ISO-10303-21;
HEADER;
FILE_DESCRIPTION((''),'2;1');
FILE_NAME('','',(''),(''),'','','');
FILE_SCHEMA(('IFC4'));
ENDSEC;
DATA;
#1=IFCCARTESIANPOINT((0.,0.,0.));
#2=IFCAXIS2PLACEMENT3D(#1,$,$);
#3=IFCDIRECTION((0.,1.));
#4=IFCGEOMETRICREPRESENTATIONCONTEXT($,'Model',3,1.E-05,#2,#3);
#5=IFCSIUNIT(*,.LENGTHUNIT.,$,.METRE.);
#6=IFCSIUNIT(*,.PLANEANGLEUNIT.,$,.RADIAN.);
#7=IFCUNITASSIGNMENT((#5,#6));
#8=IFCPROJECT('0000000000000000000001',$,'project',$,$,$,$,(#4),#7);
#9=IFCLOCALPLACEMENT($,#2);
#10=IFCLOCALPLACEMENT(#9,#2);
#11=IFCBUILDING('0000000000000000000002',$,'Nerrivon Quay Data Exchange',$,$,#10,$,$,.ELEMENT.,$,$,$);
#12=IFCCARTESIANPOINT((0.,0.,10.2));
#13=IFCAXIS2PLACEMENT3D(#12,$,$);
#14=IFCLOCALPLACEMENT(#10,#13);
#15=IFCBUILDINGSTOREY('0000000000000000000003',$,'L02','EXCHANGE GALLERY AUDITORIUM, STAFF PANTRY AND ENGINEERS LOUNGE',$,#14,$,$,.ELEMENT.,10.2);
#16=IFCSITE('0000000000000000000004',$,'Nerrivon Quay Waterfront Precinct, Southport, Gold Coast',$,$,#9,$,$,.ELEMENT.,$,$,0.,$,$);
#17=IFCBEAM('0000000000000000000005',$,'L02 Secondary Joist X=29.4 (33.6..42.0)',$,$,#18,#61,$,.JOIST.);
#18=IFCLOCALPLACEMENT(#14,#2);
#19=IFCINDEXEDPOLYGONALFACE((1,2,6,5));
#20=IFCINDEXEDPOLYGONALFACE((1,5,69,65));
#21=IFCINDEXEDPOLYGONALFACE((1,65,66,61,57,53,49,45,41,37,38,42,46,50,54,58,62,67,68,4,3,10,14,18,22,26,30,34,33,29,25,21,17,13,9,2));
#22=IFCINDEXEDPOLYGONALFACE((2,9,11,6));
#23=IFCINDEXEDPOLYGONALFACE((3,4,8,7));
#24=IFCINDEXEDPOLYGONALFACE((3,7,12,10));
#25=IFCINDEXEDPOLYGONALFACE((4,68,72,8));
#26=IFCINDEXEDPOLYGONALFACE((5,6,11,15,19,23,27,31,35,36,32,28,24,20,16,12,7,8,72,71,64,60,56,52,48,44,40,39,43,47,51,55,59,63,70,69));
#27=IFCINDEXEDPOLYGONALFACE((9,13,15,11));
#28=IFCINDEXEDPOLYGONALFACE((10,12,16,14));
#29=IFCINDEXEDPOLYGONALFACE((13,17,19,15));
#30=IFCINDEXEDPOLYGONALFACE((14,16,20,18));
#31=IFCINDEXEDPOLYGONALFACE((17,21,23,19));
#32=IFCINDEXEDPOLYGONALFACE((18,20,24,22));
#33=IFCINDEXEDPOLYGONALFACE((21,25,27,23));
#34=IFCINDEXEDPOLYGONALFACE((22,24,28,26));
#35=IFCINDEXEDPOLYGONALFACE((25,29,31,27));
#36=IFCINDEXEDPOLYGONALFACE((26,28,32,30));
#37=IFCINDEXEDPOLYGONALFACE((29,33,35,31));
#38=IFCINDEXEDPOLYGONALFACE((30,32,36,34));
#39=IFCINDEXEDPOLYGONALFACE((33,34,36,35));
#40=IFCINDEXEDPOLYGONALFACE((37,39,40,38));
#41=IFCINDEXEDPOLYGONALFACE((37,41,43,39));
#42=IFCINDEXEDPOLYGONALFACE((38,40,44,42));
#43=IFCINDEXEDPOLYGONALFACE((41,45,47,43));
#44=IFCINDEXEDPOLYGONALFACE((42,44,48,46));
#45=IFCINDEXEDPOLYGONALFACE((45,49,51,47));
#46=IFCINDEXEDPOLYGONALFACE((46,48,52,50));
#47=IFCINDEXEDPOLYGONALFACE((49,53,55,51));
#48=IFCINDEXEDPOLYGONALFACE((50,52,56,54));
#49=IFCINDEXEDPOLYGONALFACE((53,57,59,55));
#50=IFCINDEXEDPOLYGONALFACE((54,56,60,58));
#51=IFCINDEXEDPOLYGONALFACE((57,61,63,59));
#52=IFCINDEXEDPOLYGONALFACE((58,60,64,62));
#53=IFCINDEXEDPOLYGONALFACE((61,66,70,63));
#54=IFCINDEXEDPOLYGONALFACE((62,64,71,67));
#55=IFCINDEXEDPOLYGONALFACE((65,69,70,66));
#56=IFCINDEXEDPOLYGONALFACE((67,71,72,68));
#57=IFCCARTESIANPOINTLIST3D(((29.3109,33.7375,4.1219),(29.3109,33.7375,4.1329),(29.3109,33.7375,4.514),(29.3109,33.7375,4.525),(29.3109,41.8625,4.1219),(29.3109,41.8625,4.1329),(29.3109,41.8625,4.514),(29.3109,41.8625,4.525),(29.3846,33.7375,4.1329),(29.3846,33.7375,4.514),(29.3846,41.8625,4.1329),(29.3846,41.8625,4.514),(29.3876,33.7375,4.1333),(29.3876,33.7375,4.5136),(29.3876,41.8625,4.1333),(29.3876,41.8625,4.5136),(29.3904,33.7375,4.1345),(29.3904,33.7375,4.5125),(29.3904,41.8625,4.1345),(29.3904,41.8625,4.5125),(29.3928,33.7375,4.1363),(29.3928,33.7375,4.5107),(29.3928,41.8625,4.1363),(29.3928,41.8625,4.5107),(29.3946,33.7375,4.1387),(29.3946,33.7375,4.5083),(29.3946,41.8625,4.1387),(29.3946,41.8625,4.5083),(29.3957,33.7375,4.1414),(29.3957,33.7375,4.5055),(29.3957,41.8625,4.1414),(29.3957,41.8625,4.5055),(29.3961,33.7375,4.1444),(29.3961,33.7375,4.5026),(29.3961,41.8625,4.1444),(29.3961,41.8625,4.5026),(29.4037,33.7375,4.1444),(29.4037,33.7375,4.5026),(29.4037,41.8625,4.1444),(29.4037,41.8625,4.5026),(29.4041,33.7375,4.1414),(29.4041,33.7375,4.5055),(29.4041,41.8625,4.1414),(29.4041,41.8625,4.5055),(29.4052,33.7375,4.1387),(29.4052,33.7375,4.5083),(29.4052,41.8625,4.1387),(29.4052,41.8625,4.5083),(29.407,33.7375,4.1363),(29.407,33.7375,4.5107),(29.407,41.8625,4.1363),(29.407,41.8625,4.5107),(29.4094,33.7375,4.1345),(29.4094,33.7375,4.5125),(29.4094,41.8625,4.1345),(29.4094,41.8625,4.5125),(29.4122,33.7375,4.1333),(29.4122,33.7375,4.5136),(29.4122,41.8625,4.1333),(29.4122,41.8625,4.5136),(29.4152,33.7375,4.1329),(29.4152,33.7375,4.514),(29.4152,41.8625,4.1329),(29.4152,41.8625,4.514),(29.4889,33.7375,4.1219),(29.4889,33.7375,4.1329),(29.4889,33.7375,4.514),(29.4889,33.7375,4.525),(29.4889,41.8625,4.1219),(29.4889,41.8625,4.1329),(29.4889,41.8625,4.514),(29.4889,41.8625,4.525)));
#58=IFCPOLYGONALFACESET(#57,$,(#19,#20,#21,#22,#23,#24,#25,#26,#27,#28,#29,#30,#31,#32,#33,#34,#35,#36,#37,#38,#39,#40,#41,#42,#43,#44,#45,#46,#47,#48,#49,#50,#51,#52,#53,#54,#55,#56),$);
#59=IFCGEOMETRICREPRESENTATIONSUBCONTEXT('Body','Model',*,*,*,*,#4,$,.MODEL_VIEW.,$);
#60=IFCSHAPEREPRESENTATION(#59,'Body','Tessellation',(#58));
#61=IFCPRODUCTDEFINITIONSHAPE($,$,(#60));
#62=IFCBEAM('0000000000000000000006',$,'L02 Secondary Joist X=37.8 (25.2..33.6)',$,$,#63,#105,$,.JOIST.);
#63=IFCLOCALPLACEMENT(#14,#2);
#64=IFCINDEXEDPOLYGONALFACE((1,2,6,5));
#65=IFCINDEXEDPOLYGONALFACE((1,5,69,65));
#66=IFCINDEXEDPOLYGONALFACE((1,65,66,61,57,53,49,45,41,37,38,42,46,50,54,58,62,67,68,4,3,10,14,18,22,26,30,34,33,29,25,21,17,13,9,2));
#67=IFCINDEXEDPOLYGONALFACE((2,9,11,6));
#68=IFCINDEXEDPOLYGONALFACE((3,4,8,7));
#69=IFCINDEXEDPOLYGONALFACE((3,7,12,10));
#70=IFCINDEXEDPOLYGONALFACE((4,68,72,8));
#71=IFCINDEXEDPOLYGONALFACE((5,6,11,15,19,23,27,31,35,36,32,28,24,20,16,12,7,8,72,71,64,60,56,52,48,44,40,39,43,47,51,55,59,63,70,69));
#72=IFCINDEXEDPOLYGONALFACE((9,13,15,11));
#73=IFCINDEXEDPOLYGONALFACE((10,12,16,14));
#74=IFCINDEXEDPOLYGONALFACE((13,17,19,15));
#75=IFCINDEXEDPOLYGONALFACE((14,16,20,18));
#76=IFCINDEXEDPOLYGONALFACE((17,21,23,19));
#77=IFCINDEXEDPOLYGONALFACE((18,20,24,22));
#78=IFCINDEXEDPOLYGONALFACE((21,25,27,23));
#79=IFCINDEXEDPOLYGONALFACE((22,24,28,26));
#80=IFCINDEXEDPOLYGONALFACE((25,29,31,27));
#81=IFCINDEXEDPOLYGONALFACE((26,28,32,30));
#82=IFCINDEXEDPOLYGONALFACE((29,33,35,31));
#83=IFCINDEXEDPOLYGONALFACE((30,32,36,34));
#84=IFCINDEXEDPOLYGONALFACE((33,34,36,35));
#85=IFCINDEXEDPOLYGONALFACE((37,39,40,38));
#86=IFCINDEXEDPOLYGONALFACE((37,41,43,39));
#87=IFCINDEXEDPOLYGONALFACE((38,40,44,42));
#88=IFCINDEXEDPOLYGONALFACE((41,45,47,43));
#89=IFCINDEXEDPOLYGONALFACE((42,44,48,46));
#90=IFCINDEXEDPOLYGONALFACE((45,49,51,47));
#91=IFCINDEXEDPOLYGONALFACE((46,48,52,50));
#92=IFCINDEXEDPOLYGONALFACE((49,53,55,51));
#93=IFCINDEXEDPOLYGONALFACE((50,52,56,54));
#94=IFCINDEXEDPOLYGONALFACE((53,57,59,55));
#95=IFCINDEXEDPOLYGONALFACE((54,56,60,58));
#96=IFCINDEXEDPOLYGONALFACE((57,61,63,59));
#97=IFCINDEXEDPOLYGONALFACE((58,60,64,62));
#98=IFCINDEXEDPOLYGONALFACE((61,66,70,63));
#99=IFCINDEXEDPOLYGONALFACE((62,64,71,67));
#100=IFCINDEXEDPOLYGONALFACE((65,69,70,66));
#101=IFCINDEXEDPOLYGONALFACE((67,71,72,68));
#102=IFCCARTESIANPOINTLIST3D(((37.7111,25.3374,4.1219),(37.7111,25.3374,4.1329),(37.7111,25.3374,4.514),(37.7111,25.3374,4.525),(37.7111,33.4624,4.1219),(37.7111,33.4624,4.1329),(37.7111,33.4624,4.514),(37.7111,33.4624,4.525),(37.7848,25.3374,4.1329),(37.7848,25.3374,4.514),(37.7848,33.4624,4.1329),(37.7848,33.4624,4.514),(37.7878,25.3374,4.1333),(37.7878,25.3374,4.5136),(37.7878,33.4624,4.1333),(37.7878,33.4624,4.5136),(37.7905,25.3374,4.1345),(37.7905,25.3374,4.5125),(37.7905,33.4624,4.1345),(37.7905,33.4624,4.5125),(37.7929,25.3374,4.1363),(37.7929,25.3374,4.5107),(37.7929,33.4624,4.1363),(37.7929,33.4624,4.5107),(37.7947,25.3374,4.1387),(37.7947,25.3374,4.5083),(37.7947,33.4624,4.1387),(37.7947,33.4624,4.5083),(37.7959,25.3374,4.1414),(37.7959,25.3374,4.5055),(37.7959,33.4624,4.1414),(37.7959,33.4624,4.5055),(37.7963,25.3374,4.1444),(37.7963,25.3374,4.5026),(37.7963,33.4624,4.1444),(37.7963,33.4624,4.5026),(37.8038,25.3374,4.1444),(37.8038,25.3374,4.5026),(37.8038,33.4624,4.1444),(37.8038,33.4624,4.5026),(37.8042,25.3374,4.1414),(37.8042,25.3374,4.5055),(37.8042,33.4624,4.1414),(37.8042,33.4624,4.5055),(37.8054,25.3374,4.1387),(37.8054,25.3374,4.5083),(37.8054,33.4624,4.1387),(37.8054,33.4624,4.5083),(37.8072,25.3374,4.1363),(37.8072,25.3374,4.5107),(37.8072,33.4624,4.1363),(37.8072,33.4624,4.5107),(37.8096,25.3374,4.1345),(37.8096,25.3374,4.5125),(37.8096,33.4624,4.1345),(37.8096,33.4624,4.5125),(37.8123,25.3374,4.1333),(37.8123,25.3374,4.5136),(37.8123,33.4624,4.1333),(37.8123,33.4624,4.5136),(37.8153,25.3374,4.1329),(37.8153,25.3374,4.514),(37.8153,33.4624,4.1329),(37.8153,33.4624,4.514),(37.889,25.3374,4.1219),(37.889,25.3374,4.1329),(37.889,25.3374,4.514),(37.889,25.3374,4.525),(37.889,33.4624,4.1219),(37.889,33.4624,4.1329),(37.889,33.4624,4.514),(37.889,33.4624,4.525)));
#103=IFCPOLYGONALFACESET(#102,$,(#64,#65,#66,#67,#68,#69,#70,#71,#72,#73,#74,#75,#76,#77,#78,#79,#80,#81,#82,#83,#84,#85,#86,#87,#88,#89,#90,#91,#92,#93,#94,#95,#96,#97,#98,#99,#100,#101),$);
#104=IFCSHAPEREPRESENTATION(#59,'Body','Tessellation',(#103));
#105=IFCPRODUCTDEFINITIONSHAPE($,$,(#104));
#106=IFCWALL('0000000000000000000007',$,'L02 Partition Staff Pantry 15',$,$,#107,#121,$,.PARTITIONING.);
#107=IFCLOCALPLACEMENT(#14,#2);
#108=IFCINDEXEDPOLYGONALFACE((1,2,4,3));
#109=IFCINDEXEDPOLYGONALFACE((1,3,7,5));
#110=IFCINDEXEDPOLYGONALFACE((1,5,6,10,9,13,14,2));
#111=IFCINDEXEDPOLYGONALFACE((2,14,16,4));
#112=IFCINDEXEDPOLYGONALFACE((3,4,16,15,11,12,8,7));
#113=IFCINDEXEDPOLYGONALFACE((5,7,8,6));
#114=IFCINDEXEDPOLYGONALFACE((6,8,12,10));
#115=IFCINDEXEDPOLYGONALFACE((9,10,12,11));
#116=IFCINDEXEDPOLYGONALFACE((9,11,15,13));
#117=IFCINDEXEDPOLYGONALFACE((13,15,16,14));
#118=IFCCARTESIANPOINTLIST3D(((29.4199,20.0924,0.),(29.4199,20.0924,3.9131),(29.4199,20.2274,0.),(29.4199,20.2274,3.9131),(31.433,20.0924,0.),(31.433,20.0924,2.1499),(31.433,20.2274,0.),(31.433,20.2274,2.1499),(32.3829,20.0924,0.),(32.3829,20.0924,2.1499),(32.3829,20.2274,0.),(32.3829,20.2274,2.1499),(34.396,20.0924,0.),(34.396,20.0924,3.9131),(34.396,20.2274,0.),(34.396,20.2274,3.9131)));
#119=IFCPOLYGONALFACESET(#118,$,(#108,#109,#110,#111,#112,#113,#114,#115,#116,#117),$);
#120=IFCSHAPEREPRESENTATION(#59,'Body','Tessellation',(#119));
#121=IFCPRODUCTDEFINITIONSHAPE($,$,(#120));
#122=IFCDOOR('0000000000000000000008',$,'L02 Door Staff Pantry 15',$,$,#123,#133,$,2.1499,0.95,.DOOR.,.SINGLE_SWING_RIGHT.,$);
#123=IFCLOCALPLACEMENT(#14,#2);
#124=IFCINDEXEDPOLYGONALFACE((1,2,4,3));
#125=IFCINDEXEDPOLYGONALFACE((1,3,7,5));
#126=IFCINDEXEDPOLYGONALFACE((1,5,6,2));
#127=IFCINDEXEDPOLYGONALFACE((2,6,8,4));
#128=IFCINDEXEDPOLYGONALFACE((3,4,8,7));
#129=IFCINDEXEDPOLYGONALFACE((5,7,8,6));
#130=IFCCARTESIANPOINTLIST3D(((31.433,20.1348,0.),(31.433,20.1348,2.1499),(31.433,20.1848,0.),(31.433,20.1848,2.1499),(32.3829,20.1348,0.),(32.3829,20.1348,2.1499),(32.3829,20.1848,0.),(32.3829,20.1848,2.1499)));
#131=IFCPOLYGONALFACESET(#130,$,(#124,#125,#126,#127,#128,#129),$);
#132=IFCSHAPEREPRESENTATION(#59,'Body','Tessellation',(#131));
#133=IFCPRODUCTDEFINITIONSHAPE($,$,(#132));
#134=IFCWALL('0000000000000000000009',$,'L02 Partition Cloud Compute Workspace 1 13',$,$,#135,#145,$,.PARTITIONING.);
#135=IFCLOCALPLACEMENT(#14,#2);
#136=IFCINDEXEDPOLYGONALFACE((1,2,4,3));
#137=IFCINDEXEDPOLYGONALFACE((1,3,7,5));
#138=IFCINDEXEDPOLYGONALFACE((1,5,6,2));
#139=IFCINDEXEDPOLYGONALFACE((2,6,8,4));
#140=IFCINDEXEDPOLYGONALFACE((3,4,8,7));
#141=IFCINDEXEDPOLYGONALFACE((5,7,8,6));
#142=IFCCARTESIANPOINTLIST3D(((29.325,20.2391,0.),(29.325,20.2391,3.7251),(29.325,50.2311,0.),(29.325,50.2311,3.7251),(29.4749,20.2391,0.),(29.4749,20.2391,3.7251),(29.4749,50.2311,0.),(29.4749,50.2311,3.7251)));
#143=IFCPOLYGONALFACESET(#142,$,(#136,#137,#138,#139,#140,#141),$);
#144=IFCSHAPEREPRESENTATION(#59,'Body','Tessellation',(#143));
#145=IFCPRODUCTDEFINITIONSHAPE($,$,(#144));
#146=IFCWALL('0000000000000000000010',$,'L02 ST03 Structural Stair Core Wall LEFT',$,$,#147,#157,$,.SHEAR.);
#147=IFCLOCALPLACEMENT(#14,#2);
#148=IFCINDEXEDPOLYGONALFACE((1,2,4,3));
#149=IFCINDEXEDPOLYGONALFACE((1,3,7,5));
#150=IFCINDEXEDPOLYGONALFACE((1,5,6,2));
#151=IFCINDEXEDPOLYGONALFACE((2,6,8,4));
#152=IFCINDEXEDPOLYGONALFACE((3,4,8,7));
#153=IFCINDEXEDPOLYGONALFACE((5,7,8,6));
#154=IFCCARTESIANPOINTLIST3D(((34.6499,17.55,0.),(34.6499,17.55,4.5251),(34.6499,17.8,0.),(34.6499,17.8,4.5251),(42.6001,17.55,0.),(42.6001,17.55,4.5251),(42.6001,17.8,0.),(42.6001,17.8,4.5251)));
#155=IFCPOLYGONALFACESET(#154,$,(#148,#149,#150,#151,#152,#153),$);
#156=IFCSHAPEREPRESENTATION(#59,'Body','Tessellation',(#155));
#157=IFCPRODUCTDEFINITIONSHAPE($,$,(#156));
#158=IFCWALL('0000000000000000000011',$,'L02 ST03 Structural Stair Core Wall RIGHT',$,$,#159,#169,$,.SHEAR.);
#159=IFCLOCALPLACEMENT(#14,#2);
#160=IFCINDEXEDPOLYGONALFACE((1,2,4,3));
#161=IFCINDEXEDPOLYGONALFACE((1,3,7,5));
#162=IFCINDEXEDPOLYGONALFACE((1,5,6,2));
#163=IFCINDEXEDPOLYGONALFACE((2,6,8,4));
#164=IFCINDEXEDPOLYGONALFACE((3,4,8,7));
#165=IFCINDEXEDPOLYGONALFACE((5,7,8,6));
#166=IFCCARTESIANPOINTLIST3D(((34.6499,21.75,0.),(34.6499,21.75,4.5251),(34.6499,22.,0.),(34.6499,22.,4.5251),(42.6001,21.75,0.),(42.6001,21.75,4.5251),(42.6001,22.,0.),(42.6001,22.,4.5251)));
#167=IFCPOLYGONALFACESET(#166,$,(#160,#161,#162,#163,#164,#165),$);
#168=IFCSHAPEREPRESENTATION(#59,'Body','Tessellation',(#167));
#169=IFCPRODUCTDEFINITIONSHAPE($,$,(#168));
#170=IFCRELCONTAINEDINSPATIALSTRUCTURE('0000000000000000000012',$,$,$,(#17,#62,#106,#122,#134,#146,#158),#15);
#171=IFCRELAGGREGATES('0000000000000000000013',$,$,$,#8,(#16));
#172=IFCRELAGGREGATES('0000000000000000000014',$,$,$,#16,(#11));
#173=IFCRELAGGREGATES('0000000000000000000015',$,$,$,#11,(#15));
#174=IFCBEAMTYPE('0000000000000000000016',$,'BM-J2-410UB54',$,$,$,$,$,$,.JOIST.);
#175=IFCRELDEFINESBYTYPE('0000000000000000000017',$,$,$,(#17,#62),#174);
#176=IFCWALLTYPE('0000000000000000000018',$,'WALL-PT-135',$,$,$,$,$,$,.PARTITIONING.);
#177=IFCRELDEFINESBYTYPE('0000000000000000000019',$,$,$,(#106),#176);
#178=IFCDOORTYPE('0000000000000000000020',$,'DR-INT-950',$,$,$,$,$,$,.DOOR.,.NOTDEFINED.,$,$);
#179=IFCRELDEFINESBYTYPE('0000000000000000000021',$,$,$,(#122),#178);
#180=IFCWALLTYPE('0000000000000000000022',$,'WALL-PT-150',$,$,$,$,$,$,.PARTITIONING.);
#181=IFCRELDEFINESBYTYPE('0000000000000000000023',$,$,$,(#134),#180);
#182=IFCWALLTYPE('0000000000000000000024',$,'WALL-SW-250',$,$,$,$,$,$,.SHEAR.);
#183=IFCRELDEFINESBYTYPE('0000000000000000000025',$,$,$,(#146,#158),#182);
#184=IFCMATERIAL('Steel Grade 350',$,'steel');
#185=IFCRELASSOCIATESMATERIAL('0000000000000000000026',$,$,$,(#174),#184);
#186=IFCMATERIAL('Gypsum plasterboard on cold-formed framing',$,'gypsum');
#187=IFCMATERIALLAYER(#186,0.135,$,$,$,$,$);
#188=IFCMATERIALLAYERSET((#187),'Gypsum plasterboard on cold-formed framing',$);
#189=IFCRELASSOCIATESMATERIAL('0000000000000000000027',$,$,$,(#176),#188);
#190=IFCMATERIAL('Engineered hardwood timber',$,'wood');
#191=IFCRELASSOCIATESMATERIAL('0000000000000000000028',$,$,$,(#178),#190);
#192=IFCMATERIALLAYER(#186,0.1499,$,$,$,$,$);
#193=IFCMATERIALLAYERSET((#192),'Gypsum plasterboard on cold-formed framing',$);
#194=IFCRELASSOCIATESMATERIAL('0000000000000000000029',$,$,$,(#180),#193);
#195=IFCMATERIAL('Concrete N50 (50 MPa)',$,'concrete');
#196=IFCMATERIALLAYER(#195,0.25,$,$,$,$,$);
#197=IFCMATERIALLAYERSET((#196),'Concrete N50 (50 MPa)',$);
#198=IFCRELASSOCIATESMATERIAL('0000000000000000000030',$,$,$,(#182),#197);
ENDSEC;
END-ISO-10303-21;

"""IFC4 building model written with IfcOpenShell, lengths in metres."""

from ifc_helpers import new_model, si_unit, direction, frame, frame_2d, origin, origin_2d, place, context, subcontext, project, spatial, rectangle, i_section, extrude, material, layer, layer_set, material_profile, profile_set, type_object, element, fill, save


model = new_model("IFC4")

# Units and contexts
model_context = context("Model", 3, precision=1e-05, world=origin(), true_north=direction((0.0, 1.0)))
body_context = subcontext(model_context, "Body", "Model", "MODEL_VIEW")
ifc_project = project(units=[si_unit("LENGTHUNIT", "METRE"), si_unit("PLANEANGLEUNIT", "RADIAN")], contexts=[model_context])

# Site, building, storey
site_placement = place(None, origin())
site = spatial("IfcSite", under=ifc_project, at=site_placement, Name="Nerrivon Quay Waterfront Precinct, Southport, Gold Coast", CompositionType="ELEMENT", RefElevation=0.0)
building_placement = place(site_placement, origin())
building = spatial("IfcBuilding", under=site, at=building_placement, Name="Nerrivon Quay Data Exchange", CompositionType="ELEMENT")
storey_placement = place(building_placement, frame((0.0, 0.0, 10.2)))
storey = spatial("IfcBuildingStorey", under=building, at=storey_placement, Name="L02", Description="EXCHANGE GALLERY AUDITORIUM, STAFF PANTRY AND ENGINEERS LOUNGE", CompositionType="ELEMENT", Elevation=10.2)

# Beams
ifc_material_1 = material(Name="Steel Grade 350", Category="steel")
ifc_material_profile_1 = material_profile(ifc_material_1, i_section(OverallWidth=0.178, OverallDepth=0.4031, WebThickness=0.0076, FlangeThickness=0.011, FilletRadius=0.0115, at=origin_2d()), Name="410UB53.7")
ifc_profile_set_1 = profile_set([ifc_material_profile_1], Name="Steel Grade 350")
beam_type_1 = type_object("IfcBeamType", Name="BM-J2-410UB54", PredefinedType="JOIST", material=ifc_profile_set_1)
for number, where, z_axis, x_axis, name in (
    (1, (29.3999, 33.7375, 4.3235), (0.0, 1.0, 0.0), (-1.0, 0.0, 0.0), "L02 Secondary Joist X=29.4 (33.6..42.0)"),
    (2, (37.8, 25.3374, 4.3235), (0.0, 1.0, 0.0), (-1.0, 0.0, 0.0), "L02 Secondary Joist X=37.8 (25.2..33.6)"),
):
    element("IfcBeam", number, at=place(storey_placement, frame(where, z_axis=z_axis, x_axis=x_axis)), inside=storey, type_object=beam_type_1, Name=name, PredefinedType="JOIST", context=body_context, shape_type="SweptSolid", body=[
        extrude(i_section(OverallWidth=0.178, OverallDepth=0.4031, WebThickness=0.0076, FlangeThickness=0.011, FilletRadius=0.0115, at=origin_2d()), origin(), (0.0, 0.0, 1.0), 8.125),
    ])

# Wall, opening, door
ifc_material_2 = material(Name="Gypsum plasterboard on cold-formed framing", Category="gypsum")
ifc_layer_1 = layer(ifc_material_2, 0.135)
ifc_layer_set_1 = layer_set([ifc_layer_1], Name="Gypsum plasterboard on cold-formed framing")
wall_type_1 = type_object("IfcWallType", Name="WALL-PT-135", PredefinedType="PARTITIONING", material=ifc_layer_set_1)
wall_1_placement = place(storey_placement, frame((29.4199, 20.1599, 0.0), z_axis=(0.0, 0.0, 1.0), x_axis=(1.0, 0.0, 0.0)))
wall_1 = element("IfcWall", 3, at=wall_1_placement, inside=storey, type_object=wall_type_1, Name="L02 Partition Staff Pantry 15", PredefinedType="PARTITIONING", context=body_context, shape_type="SweptSolid", body=[
    extrude(rectangle(XDim=4.9761, YDim=0.135, at=frame_2d((2.488, 0.0))), origin(), (0.0, 0.0, 1.0), 3.9131),
])
opening_1_placement = place(wall_1_placement, frame((2.0129, 0.0, 0.0)))
opening_1 = element("IfcOpeningElement", 4, at=opening_1_placement, cuts=wall_1, PredefinedType="OPENING", context=body_context, shape_type="SweptSolid", body=[
    extrude(rectangle(XDim=0.95, YDim=2.1499, at=frame_2d((0.4751, 1.075))), frame((0.0, 0.0774, 0.0), z_axis=(0.0, -1.0, 0.0), x_axis=(1.0, 0.0, 0.0)), (0.0, 0.0, 1.0), 0.155),
])
ifc_material_3 = material(Name="Engineered hardwood timber", Category="wood")
door_type_1 = type_object("IfcDoorType", Name="DR-INT-950", OperationType="NOTDEFINED", PredefinedType="DOOR", material=ifc_material_3)
door_1_placement = place(opening_1_placement, origin())
door_1 = element("IfcDoor", 5, at=door_1_placement, inside=storey, type_object=door_type_1, Name="L02 Door Staff Pantry 15", OperationType="SINGLE_SWING_RIGHT", OverallHeight=2.1499, OverallWidth=0.95, PredefinedType="DOOR", context=body_context, shape_type="SweptSolid", body=[
    extrude(rectangle(XDim=0.95, YDim=2.1499, at=frame_2d((0.4751, 1.075))), frame((0.0, 0.0249, 0.0), z_axis=(0.0, -1.0, 0.0), x_axis=(1.0, 0.0, 0.0)), (0.0, 0.0, 1.0), 0.05),
])
fill(opening_1, door_1)

# Wall
ifc_layer_2 = layer(ifc_material_2, 0.1499)
ifc_layer_set_2 = layer_set([ifc_layer_2], Name="Gypsum plasterboard on cold-formed framing")
wall_type_2 = type_object("IfcWallType", Name="WALL-PT-150", PredefinedType="PARTITIONING", material=ifc_layer_set_2)
wall_2_placement = place(storey_placement, frame((29.3999, 20.239, 0.0), z_axis=(0.0, 0.0, 1.0), x_axis=(0.0, 1.0, 0.0)))
element("IfcWall", 6, at=wall_2_placement, inside=storey, type_object=wall_type_2, Name="L02 Partition Cloud Compute Workspace 1 13", PredefinedType="PARTITIONING", context=body_context, shape_type="SweptSolid", body=[
    extrude(rectangle(XDim=29.9919, YDim=0.1499, at=frame_2d((14.9961, 0.0))), origin(), (0.0, 0.0, 1.0), 3.7251),
])

# Shared definitions
ifc_material_4 = material(Name="Concrete N50 (50 MPa)", Category="concrete")
ifc_layer_3 = layer(ifc_material_4, 0.25)
ifc_layer_set_3 = layer_set([ifc_layer_3], Name="Concrete N50 (50 MPa)")
wall_type_3 = type_object("IfcWallType", Name="WALL-SW-250", PredefinedType="SHEAR", material=ifc_layer_set_3)

# Walls
for number, where, z_axis, x_axis, name in (
    (7, (34.6499, 17.675, 0.0), (0.0, 0.0, 1.0), (1.0, 0.0, 0.0), "L02 ST03 Structural Stair Core Wall LEFT"),
    (8, (34.6499, 21.875, 0.0), (0.0, 0.0, 1.0), (1.0, 0.0, 0.0), "L02 ST03 Structural Stair Core Wall RIGHT"),
):
    element("IfcWall", number, at=place(storey_placement, frame(where, z_axis=z_axis, x_axis=x_axis)), inside=storey, type_object=wall_type_3, Name=name, PredefinedType="SHEAR", context=body_context, shape_type="SweptSolid", body=[
        extrude(rectangle(XDim=7.9502, YDim=0.25, at=frame_2d((3.9751, 0.0))), origin(), (0.0, 0.0, 1.0), 4.5251),
    ])

save(model, "model.ifc")
